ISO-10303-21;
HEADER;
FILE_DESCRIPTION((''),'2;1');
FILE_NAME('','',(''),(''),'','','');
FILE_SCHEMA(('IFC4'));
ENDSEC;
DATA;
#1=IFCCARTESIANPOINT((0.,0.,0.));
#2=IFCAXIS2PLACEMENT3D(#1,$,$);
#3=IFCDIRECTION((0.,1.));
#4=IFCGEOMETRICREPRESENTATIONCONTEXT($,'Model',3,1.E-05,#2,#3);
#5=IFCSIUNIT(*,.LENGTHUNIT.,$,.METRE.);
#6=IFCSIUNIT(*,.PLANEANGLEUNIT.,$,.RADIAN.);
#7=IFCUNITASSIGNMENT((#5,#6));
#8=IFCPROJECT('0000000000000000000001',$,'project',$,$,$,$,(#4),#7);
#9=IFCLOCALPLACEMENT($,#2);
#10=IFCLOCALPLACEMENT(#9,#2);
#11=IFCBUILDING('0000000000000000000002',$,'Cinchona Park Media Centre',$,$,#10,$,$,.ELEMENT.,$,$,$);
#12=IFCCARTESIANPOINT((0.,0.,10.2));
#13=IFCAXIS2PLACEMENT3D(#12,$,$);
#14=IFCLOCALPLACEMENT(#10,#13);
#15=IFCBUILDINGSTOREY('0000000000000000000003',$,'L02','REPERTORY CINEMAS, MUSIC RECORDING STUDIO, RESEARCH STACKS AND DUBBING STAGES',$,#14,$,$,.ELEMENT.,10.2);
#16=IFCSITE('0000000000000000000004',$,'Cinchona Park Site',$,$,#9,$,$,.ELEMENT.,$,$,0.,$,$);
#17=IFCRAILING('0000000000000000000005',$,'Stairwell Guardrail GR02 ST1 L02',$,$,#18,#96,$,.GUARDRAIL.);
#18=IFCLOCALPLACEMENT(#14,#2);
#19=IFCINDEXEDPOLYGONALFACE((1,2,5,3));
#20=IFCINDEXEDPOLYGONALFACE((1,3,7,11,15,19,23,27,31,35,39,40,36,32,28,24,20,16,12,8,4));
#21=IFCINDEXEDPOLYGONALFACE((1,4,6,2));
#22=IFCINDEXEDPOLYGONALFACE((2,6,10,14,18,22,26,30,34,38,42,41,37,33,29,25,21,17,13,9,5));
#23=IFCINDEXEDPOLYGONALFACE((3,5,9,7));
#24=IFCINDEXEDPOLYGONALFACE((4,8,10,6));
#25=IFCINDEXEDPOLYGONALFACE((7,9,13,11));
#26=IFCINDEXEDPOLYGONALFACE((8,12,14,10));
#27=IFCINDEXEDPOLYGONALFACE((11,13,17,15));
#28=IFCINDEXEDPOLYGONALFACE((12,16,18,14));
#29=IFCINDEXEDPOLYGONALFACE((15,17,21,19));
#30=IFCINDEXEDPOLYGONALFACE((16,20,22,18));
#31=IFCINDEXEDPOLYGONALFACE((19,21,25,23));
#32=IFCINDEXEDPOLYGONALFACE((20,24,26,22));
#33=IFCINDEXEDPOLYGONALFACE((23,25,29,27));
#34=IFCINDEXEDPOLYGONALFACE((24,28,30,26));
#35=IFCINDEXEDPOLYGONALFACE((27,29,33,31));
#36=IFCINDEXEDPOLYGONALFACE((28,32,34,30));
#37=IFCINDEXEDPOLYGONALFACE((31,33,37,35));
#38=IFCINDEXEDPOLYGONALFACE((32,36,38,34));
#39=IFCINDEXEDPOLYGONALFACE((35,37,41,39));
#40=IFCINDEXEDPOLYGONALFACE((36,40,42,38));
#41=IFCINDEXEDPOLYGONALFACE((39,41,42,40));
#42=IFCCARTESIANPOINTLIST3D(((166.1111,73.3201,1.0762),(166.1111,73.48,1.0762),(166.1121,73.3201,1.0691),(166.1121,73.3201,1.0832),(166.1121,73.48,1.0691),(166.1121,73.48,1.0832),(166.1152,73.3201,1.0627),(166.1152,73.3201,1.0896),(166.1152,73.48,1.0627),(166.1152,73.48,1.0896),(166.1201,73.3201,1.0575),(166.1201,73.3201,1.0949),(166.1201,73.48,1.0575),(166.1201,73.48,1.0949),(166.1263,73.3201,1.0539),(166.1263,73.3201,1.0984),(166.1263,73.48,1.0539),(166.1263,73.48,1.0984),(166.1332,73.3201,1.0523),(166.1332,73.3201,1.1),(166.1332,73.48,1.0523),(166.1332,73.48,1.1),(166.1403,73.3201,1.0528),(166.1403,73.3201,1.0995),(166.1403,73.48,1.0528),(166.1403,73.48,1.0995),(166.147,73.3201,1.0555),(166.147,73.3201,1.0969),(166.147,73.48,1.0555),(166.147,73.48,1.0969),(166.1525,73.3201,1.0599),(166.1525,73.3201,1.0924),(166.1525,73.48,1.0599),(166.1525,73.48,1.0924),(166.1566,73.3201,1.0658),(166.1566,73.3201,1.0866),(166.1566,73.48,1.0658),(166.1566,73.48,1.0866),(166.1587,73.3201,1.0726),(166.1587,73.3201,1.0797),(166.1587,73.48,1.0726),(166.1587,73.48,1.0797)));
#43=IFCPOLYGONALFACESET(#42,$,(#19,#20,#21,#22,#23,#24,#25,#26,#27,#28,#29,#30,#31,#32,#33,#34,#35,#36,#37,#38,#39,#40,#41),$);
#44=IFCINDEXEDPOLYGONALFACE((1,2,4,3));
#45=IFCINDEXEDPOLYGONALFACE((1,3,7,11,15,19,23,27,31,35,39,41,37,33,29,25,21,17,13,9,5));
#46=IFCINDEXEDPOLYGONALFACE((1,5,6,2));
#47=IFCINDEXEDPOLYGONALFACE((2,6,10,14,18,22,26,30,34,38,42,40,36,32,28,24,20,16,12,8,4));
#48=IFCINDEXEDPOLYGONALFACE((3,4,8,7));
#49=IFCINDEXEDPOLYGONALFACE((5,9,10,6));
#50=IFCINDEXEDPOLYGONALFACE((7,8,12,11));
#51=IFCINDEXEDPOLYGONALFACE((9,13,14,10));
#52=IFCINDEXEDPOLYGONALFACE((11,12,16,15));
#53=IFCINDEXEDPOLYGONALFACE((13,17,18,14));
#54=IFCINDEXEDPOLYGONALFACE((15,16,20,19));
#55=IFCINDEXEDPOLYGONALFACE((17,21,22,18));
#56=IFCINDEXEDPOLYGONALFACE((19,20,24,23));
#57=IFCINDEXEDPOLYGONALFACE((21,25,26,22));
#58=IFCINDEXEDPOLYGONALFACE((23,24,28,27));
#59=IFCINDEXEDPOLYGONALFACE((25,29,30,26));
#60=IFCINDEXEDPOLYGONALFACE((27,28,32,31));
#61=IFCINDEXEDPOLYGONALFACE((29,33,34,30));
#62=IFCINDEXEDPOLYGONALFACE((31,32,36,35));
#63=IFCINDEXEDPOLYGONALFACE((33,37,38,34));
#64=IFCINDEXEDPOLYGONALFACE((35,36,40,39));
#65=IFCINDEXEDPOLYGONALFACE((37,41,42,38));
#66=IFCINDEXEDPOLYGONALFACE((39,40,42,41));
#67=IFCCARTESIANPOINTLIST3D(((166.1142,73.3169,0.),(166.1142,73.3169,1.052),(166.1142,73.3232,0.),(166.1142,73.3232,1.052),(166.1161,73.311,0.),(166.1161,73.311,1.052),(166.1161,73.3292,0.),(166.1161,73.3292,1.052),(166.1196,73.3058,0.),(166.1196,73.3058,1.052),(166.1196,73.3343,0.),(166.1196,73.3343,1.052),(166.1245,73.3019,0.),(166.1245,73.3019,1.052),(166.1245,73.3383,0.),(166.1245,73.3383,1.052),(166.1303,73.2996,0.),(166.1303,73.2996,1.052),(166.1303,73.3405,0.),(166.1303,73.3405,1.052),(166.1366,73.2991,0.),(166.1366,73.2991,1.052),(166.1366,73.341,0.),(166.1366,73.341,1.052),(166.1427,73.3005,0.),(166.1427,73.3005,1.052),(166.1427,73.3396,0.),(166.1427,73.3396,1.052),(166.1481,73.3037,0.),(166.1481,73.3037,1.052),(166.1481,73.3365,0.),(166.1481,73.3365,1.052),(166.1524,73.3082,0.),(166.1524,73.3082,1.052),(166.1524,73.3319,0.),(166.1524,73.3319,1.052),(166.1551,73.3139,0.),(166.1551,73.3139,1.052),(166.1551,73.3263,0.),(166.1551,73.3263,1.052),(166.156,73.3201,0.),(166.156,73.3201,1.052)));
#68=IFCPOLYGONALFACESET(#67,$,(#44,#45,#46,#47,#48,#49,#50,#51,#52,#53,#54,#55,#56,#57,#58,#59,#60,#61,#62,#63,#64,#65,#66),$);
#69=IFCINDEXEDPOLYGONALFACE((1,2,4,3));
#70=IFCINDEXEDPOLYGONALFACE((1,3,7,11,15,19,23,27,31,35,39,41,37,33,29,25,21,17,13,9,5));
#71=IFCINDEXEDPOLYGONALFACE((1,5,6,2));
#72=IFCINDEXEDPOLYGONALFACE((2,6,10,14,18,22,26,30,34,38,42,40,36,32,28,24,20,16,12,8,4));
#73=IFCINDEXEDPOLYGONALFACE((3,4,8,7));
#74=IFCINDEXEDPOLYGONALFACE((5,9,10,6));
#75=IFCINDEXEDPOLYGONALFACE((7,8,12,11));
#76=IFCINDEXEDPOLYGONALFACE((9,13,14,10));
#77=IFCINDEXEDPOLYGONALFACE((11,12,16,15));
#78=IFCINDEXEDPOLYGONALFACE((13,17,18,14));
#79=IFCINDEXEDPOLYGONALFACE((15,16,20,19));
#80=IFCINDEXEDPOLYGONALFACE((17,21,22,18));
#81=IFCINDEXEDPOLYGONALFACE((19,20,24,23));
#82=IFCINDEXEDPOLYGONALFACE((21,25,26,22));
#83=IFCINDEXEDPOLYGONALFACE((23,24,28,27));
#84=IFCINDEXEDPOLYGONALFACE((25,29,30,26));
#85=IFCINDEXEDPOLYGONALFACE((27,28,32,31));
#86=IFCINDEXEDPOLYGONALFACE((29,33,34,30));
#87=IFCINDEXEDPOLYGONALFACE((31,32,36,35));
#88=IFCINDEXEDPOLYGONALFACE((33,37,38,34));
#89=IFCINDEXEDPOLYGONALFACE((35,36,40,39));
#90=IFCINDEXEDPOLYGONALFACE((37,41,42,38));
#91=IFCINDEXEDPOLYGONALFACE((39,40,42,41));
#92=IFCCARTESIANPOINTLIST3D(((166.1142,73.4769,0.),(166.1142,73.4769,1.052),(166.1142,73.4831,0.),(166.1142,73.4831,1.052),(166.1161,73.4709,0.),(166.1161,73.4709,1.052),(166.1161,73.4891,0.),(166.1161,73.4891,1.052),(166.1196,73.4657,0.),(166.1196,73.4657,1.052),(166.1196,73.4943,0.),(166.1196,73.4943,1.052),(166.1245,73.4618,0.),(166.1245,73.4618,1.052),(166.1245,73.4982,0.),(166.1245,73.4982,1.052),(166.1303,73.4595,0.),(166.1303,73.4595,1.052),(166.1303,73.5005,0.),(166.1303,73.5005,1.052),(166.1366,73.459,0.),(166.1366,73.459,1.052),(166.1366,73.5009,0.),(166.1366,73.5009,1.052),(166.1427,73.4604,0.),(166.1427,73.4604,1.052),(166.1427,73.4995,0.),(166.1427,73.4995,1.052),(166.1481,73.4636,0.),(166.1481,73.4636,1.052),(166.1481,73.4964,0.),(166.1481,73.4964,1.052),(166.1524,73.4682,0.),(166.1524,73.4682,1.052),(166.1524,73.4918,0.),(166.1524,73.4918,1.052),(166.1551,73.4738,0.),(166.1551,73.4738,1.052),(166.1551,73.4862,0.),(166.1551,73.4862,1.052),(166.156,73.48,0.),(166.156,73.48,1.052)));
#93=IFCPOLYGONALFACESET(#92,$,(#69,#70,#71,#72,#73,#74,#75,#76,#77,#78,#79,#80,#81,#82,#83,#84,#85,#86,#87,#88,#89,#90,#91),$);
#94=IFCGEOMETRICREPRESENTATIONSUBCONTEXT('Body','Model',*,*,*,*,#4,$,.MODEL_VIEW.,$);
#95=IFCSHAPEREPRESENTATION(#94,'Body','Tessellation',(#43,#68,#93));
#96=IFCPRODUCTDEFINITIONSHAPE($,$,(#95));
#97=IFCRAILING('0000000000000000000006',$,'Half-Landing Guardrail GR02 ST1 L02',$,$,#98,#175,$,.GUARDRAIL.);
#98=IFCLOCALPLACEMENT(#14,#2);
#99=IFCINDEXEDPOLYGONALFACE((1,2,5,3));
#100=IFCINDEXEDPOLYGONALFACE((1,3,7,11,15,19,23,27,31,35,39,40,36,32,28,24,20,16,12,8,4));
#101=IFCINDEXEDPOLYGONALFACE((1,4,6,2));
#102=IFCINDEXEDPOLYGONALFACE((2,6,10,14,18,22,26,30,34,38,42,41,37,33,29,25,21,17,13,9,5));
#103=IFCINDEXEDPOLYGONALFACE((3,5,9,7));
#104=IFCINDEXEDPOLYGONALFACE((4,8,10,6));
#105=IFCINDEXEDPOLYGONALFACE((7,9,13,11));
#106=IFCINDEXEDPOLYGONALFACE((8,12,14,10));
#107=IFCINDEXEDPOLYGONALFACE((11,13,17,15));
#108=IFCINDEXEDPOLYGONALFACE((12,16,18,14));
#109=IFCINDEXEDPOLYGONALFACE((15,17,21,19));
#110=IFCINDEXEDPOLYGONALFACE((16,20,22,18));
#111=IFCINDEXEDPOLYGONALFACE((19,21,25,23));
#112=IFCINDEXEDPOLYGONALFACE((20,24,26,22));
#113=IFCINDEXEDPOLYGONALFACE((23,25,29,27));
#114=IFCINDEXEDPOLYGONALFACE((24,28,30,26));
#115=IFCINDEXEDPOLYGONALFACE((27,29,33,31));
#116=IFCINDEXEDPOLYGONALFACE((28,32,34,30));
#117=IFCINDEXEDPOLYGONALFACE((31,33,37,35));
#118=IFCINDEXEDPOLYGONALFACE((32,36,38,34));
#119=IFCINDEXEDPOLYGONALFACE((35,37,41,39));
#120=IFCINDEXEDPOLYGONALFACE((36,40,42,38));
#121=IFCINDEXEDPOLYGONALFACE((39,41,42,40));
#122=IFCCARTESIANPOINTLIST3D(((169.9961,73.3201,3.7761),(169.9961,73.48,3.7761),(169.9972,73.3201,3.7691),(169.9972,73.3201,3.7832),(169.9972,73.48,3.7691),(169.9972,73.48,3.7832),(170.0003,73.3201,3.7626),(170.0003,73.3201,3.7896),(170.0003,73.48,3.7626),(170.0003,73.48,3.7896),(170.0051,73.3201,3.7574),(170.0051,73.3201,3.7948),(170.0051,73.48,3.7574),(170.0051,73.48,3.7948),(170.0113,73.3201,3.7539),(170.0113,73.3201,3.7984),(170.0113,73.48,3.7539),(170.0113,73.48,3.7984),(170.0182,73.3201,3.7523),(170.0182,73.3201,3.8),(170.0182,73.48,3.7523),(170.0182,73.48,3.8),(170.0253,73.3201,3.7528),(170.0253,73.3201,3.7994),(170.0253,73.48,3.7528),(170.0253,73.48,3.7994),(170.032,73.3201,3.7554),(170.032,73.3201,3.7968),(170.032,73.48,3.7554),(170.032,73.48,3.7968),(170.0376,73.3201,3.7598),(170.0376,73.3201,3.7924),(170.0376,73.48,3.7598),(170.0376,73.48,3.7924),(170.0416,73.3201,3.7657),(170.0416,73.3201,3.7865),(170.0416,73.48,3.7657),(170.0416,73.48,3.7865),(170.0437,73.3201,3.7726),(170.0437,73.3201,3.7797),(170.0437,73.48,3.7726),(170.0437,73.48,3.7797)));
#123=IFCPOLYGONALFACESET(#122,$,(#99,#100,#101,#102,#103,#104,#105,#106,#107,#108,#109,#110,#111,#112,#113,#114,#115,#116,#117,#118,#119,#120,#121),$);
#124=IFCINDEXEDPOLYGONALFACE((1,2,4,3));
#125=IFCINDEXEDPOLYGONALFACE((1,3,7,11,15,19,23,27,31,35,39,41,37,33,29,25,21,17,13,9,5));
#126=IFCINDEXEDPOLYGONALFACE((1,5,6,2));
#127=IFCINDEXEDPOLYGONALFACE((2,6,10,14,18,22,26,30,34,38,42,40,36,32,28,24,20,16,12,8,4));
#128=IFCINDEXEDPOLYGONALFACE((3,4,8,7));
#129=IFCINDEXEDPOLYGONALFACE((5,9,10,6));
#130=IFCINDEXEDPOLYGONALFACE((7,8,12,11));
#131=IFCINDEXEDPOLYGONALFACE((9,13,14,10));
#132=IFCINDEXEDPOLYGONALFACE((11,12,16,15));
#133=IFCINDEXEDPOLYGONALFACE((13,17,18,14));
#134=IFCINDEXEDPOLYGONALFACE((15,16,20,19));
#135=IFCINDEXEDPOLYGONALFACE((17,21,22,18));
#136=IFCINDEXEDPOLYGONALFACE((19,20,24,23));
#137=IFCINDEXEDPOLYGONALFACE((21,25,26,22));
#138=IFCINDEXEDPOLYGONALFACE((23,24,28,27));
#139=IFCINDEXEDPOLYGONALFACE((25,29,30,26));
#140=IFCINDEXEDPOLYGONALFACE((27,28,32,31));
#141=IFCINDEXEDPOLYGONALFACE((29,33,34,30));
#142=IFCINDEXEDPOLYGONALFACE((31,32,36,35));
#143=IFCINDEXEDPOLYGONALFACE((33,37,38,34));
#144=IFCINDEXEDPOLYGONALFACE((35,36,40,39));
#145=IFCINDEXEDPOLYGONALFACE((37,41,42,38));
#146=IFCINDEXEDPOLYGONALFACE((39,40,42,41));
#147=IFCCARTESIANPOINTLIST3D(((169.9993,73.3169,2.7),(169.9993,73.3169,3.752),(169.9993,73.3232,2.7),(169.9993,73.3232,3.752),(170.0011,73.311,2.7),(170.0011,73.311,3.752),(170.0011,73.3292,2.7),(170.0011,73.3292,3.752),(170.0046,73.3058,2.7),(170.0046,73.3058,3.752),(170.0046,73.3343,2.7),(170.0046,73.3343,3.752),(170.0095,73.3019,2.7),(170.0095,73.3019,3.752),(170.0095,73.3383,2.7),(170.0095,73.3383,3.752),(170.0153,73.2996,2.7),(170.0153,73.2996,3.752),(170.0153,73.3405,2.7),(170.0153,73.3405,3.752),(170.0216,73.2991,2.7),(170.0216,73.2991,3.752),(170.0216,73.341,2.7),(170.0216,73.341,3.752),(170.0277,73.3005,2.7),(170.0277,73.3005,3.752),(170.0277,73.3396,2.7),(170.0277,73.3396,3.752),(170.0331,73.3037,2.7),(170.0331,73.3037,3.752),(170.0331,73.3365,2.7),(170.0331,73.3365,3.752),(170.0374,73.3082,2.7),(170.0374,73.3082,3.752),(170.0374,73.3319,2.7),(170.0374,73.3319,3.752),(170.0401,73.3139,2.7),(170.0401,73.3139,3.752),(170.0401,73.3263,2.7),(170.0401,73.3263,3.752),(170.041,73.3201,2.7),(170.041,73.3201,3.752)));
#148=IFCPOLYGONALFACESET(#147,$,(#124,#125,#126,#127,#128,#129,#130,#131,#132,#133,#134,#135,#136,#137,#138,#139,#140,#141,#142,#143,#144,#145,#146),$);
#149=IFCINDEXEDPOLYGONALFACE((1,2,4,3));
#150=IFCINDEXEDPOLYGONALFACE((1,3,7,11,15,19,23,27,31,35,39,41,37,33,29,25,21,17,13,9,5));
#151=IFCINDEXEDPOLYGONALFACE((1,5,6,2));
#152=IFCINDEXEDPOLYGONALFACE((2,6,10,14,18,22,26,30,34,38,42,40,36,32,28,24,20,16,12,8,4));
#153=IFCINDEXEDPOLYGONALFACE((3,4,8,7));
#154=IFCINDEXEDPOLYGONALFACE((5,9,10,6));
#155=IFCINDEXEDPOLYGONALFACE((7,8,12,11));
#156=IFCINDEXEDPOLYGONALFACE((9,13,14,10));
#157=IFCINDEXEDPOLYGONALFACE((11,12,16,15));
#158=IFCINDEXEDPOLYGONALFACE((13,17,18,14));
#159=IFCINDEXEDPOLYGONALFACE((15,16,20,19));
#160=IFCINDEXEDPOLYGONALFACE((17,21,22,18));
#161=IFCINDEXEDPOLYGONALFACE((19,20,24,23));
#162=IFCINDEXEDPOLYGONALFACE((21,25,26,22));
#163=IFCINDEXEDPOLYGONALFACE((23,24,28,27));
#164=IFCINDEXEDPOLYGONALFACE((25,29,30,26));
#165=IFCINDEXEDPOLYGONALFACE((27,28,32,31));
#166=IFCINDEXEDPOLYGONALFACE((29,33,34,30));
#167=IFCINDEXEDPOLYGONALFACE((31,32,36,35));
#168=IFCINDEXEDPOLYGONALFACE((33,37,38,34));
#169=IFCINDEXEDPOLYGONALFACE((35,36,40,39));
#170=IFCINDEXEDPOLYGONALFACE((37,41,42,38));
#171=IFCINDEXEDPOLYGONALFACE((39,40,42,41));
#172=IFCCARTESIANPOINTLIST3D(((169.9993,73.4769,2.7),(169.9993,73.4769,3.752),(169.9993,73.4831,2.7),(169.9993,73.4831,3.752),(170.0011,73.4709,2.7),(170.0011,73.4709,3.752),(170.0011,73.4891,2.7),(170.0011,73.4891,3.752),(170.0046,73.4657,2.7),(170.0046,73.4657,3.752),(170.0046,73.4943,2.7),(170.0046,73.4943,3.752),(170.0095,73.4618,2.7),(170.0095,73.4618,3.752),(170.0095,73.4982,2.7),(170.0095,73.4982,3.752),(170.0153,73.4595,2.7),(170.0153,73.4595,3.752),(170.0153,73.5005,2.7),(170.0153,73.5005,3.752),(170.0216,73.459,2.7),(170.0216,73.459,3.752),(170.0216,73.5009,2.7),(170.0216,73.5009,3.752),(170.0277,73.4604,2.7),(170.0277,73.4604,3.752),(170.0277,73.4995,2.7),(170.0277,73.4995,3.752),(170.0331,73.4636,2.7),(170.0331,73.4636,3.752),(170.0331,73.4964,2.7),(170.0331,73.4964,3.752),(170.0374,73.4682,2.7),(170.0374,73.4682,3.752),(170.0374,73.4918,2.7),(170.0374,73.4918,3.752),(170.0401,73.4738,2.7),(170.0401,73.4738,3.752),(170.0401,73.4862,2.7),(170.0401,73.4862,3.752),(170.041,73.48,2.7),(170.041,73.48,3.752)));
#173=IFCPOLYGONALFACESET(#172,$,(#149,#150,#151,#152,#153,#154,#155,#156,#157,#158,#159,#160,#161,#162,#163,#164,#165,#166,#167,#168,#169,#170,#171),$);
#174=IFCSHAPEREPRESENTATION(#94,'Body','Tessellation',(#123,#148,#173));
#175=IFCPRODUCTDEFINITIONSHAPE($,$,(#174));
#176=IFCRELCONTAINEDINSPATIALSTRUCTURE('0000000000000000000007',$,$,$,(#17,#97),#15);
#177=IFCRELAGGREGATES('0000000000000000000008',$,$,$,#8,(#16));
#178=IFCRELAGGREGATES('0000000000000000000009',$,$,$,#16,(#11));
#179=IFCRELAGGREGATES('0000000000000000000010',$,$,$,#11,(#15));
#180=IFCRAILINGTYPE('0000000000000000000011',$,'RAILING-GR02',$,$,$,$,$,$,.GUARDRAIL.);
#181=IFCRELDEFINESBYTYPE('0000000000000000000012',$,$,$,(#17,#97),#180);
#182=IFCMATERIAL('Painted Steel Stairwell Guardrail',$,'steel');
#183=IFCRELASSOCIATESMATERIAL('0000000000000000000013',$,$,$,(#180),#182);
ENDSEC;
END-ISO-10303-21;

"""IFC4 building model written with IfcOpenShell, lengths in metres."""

from ifc_helpers import new_model, si_unit, direction, frame, origin, origin_2d, place, context, subcontext, project, spatial, circle, extrude, material, type_object, element, save


model = new_model("IFC4")

# Units and contexts
model_context = context("Model", 3, precision=1e-05, world=origin(), true_north=direction((0.0, 1.0)))
body_context = subcontext(model_context, "Body", "Model", "MODEL_VIEW")
ifc_project = project(units=[si_unit("LENGTHUNIT", "METRE"), si_unit("PLANEANGLEUNIT", "RADIAN")], contexts=[model_context])

# Site, building, storey
site_placement = place(None, origin())
site = spatial("IfcSite", under=ifc_project, at=site_placement, Name="Cinchona Park Site", CompositionType="ELEMENT", RefElevation=0.0)
building_placement = place(site_placement, origin())
building = spatial("IfcBuilding", under=site, at=building_placement, Name="Cinchona Park Media Centre", CompositionType="ELEMENT")
storey_placement = place(building_placement, frame((0.0, 0.0, 10.2)))
storey = spatial("IfcBuildingStorey", under=building, at=storey_placement, Name="L02", Description="REPERTORY CINEMAS, MUSIC RECORDING STUDIO, RESEARCH STACKS AND DUBBING STAGES", CompositionType="ELEMENT", Elevation=10.2)

# Railings
ifc_material_1 = material(Name="Painted Steel Stairwell Guardrail", Category="steel")
railing_type_1 = type_object("IfcRailingType", Name="RAILING-GR02", PredefinedType="GUARDRAIL", material=ifc_material_1)
for number, where, name in (
    (1, (166.135, 73.3201, 0.0), "Stairwell Guardrail GR02 ST1 L02"),
    (2, (170.02, 73.3201, 2.7), "Half-Landing Guardrail GR02 ST1 L02"),
):
    element("IfcRailing", number, at=place(storey_placement, frame(where)), inside=storey, type_object=railing_type_1, Name=name, PredefinedType="GUARDRAIL", context=body_context, shape_type="SweptSolid", body=[
        extrude(circle(Radius=0.0239, at=origin_2d()), frame((0.0, 0.0, 1.0762), z_axis=(0.0, 1.0, 0.0), x_axis=(-1.0, 0.0, 0.0)), (0.0, 0.0, 1.0), 0.1599),
        extrude(circle(Radius=0.021, at=origin_2d()), origin(), (0.0, 0.0, 1.0), 1.052),
        extrude(circle(Radius=0.021, at=origin_2d()), frame((0.0, 0.1599, 0.0)), (0.0, 0.0, 1.0), 1.052),
    ])

save(model, "model.ifc")
